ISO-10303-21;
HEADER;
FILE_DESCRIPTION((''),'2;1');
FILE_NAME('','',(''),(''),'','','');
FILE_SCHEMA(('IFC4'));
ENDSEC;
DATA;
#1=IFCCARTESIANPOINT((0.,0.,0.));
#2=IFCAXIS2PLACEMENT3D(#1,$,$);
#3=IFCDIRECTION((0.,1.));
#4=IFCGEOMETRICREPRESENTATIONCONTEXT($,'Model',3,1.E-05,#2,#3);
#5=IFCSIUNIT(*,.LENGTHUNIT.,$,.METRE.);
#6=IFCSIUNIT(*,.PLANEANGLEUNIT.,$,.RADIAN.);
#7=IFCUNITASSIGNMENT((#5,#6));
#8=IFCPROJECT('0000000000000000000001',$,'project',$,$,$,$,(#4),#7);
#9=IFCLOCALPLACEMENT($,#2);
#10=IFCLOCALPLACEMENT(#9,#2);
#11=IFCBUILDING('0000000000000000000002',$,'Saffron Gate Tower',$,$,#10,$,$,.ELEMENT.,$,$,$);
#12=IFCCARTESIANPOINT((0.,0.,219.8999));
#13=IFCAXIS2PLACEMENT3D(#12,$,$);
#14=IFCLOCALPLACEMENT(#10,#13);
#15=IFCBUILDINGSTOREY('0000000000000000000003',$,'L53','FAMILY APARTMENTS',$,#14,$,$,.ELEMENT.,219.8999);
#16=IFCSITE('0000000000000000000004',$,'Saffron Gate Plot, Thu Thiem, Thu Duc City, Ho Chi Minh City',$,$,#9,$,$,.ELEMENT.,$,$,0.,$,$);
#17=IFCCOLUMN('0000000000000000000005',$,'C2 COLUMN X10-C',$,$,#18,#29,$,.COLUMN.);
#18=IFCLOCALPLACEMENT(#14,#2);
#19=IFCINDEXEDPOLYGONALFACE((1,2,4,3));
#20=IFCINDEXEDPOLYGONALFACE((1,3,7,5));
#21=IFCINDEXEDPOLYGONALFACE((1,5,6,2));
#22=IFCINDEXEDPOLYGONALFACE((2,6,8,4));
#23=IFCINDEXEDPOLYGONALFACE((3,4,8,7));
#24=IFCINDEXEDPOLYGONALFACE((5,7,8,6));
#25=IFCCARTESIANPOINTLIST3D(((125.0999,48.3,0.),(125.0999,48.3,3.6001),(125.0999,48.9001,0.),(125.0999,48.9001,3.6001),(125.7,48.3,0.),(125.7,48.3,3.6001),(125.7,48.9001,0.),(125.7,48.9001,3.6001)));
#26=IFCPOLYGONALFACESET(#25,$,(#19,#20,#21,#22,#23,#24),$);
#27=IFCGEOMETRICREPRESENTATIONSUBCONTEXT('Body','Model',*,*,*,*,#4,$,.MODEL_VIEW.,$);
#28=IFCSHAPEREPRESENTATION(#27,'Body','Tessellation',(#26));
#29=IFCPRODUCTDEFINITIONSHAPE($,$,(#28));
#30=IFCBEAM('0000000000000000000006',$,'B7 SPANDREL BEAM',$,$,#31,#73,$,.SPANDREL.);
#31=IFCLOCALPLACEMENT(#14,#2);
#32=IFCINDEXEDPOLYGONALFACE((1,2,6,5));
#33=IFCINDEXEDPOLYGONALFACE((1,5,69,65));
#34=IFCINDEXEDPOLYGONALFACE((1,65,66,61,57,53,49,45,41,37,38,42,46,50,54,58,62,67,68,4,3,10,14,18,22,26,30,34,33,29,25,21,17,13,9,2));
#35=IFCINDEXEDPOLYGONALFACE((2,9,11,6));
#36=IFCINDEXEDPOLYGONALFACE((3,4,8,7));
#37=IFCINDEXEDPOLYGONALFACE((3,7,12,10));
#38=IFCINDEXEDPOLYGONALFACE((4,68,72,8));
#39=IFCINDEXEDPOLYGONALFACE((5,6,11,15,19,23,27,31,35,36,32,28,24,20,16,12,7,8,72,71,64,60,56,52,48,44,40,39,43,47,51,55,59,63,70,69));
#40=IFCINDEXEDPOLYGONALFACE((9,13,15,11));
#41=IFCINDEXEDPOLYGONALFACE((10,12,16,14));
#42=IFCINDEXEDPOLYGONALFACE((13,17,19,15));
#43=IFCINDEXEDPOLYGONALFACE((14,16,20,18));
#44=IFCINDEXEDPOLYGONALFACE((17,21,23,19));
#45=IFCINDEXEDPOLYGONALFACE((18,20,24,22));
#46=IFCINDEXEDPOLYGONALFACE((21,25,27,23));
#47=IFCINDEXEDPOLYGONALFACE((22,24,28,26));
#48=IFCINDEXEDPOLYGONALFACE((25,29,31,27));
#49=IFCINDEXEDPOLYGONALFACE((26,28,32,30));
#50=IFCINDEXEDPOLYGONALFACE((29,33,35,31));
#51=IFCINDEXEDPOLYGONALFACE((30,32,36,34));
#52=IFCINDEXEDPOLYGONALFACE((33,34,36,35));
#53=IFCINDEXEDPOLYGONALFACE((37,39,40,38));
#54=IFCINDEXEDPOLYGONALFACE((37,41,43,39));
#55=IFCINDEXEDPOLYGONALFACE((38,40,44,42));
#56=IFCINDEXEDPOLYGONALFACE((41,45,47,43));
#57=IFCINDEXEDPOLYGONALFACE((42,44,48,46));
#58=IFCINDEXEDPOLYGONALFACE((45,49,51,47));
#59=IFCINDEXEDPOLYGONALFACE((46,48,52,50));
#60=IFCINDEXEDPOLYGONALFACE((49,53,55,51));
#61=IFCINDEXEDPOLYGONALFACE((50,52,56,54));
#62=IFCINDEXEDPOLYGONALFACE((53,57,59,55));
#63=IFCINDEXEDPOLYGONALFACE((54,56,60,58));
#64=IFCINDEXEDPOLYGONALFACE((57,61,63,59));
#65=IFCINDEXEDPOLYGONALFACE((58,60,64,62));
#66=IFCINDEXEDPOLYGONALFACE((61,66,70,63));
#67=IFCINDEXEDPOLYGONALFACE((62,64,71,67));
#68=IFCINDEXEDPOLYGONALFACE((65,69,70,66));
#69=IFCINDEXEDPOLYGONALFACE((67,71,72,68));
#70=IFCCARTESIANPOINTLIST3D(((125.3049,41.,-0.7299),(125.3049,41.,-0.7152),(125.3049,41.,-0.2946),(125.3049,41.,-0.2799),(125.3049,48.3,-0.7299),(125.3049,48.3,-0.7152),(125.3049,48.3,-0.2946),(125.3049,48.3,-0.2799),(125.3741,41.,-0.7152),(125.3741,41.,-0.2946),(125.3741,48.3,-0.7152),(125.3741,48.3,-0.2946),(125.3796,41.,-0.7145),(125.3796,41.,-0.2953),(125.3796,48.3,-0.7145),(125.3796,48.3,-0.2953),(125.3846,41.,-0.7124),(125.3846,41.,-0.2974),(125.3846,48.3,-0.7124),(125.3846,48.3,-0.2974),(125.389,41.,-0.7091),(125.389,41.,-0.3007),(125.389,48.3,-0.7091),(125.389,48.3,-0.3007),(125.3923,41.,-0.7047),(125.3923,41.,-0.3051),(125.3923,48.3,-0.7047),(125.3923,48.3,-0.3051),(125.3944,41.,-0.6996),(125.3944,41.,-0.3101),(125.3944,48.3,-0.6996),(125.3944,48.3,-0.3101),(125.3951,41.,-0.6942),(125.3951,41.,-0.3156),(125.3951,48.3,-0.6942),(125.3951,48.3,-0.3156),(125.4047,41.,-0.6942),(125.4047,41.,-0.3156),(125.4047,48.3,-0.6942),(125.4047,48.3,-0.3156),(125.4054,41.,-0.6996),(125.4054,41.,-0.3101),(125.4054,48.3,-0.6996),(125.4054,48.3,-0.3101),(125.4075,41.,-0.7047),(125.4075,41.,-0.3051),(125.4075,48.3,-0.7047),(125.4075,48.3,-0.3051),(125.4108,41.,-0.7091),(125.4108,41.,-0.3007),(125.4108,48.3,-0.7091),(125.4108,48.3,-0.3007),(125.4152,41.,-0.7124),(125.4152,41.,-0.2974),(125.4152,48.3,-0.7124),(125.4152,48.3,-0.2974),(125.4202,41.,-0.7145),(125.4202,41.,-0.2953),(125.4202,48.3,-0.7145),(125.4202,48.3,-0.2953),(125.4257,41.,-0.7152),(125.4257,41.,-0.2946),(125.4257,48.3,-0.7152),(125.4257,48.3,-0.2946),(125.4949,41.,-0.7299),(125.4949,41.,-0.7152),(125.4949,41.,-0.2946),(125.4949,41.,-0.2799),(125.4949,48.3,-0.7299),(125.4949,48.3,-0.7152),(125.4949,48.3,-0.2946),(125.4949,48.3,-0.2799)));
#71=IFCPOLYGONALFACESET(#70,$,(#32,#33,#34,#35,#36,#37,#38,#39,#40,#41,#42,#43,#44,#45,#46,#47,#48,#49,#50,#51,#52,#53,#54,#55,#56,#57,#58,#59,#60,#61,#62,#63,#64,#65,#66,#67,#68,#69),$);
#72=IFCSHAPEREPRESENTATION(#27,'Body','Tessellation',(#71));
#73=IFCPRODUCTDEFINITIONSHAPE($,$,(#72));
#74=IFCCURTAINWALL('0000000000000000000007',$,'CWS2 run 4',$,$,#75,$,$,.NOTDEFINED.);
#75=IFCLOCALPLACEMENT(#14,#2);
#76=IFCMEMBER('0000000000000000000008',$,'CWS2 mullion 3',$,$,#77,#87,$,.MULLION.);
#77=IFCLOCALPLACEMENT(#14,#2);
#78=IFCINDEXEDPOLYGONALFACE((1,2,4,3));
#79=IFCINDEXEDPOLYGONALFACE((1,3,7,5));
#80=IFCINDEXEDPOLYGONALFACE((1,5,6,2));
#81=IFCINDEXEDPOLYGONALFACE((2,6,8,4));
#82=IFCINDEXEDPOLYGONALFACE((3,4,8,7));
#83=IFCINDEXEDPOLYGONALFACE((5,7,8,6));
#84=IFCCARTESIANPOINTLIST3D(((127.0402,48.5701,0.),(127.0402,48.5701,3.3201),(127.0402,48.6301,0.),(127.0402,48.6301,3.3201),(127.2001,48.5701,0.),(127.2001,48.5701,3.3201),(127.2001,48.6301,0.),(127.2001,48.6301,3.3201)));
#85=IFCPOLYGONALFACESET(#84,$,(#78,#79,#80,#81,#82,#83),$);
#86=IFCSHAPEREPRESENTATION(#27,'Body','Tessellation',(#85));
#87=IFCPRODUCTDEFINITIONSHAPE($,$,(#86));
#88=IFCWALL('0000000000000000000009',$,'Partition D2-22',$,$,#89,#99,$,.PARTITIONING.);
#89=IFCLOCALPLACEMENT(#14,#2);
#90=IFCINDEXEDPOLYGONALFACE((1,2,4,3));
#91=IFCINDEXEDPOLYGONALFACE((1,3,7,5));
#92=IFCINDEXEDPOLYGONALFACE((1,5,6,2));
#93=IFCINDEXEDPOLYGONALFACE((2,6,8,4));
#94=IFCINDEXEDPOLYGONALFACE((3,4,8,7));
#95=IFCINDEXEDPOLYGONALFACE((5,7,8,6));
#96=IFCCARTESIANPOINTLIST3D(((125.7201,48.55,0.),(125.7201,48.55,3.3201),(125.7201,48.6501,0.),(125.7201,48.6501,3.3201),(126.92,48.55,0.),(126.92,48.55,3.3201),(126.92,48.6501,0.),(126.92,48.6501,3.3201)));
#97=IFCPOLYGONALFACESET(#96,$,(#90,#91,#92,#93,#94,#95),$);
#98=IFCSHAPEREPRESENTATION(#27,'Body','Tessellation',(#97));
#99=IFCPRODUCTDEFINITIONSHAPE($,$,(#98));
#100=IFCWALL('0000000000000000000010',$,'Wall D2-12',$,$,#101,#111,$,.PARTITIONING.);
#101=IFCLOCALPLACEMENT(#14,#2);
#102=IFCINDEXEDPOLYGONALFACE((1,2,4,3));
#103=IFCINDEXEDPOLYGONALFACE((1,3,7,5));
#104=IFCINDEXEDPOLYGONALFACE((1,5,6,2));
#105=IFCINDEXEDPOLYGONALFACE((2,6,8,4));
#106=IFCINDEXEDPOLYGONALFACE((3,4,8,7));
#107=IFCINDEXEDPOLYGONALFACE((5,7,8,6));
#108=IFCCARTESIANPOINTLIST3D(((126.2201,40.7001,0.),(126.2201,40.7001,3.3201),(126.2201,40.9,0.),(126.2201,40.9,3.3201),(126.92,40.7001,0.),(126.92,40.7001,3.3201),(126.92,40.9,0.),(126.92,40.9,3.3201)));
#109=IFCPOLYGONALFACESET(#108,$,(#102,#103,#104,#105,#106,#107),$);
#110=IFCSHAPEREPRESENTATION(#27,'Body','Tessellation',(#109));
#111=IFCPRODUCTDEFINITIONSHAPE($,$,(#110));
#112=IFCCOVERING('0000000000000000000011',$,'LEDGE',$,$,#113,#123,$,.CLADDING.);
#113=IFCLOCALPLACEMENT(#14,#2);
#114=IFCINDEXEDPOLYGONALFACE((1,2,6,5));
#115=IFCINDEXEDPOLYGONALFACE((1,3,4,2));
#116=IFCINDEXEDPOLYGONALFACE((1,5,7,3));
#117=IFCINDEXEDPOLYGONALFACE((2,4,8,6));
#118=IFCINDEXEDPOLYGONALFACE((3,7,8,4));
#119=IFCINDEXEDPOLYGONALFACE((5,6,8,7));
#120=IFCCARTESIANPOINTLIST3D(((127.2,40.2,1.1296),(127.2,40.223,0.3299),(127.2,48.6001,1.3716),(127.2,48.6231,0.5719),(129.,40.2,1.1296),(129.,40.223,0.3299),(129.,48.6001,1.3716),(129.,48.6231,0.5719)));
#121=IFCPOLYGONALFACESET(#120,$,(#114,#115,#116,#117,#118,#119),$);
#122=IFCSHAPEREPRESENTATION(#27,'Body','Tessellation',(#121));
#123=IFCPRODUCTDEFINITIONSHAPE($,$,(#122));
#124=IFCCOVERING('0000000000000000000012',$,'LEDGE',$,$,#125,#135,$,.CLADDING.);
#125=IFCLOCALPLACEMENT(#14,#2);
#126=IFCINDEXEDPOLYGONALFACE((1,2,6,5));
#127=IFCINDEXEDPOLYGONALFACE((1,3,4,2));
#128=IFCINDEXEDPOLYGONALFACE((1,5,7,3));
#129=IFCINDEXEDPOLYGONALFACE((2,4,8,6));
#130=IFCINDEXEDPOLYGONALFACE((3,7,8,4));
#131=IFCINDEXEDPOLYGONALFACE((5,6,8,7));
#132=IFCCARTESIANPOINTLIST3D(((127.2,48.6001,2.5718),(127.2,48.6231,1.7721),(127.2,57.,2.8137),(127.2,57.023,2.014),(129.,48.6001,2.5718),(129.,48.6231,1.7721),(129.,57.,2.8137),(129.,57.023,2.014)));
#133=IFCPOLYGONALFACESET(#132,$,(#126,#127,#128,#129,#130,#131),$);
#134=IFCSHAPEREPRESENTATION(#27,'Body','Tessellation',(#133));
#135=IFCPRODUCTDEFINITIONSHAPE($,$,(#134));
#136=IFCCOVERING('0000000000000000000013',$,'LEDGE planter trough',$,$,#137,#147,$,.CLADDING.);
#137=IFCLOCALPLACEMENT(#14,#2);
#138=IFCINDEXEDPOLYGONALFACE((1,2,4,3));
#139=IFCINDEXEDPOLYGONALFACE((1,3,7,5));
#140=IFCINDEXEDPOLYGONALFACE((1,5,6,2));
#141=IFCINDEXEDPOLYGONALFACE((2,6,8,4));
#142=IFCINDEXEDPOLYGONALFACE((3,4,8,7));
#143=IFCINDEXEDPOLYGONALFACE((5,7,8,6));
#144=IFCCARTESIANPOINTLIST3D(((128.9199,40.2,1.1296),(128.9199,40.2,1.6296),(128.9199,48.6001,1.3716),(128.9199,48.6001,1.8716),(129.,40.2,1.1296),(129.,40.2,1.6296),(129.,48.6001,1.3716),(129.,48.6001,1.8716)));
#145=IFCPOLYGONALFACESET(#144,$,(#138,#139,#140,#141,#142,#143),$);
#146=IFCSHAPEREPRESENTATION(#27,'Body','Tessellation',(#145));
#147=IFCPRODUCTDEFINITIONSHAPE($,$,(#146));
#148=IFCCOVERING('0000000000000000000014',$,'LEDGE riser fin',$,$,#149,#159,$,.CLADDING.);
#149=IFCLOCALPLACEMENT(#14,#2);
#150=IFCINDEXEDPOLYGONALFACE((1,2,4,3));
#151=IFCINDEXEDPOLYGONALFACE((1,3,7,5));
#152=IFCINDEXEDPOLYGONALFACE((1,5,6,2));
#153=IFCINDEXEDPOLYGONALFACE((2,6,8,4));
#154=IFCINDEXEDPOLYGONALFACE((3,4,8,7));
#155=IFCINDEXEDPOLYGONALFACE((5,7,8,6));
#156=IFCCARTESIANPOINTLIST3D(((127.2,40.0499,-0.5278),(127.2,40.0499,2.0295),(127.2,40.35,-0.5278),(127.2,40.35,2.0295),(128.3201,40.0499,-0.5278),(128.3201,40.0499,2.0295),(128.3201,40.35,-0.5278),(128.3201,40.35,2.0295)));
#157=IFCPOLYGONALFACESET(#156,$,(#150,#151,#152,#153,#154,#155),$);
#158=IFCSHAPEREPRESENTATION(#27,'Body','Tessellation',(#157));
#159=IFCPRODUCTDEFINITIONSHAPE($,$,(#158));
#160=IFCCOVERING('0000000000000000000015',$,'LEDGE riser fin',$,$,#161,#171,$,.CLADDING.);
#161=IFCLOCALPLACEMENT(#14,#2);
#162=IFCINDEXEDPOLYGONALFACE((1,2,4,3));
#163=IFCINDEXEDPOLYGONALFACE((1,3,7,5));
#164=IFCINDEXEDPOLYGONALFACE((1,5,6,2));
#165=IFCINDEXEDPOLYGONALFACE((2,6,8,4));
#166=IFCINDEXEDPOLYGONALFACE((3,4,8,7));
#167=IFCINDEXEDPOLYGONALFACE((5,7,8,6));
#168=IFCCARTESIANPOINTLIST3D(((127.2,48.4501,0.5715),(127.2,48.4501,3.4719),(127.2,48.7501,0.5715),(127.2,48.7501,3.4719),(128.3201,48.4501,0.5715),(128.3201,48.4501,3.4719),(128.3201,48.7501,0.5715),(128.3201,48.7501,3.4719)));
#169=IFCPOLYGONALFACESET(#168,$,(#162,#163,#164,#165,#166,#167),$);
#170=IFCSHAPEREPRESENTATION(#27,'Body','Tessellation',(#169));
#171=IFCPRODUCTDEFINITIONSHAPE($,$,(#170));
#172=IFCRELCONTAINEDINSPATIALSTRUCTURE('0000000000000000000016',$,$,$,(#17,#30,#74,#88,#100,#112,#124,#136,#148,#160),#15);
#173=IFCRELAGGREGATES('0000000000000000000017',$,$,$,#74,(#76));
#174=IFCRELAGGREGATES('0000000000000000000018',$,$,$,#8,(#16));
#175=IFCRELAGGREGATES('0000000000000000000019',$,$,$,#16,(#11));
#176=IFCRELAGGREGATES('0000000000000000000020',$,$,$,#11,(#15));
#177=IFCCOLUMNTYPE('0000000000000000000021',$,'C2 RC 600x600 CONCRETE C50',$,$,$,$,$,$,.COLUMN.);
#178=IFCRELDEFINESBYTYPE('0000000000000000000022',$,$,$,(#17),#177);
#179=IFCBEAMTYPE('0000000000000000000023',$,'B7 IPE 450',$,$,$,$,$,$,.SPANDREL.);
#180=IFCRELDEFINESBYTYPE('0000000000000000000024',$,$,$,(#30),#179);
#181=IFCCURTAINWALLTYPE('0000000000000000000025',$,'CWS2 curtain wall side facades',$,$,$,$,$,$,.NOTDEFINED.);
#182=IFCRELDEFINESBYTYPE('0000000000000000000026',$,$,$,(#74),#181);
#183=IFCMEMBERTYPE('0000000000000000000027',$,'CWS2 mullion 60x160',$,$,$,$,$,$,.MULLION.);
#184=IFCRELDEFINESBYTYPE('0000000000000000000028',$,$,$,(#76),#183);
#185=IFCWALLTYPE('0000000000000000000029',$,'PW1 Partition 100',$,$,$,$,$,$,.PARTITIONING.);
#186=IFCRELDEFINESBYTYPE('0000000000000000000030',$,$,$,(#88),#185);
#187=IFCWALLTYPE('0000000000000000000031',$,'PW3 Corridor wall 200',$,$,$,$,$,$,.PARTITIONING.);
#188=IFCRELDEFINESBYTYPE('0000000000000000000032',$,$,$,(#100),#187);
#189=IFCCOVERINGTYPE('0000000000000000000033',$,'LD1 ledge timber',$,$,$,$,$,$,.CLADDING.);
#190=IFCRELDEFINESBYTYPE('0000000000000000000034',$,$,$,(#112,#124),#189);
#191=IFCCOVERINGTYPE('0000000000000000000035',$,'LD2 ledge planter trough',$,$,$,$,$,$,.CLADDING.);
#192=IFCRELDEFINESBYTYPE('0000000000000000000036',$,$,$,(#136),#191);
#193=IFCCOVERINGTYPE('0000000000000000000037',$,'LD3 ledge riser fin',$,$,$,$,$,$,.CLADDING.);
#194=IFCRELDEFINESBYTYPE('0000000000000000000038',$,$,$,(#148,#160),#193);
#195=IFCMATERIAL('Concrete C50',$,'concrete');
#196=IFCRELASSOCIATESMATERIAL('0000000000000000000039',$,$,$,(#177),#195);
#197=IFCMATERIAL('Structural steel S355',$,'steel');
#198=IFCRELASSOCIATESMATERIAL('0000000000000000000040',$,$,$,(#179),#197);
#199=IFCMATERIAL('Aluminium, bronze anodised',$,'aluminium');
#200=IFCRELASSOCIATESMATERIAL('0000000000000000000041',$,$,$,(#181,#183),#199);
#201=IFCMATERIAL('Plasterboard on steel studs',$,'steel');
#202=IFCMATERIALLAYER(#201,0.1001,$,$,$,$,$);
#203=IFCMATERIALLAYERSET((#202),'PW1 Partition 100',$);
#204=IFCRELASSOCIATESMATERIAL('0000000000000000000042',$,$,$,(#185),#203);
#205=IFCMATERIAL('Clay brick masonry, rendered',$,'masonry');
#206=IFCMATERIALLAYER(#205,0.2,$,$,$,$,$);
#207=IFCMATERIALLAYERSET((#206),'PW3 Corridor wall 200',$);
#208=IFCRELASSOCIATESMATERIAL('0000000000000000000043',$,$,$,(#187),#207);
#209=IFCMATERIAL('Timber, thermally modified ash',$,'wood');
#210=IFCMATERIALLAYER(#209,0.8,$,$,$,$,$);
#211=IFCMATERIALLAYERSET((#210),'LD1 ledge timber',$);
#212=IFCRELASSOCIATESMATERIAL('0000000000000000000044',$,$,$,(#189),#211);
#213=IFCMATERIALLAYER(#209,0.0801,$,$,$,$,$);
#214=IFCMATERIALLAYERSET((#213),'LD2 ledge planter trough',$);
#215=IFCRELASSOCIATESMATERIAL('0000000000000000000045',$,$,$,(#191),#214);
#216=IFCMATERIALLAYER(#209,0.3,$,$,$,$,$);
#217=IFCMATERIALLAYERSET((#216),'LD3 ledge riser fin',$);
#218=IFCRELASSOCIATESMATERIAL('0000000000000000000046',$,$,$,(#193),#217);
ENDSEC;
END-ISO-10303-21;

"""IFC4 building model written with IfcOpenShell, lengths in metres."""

from ifc_helpers import new_model, si_unit, direction, frame, frame_2d, origin, origin_2d, place, context, subcontext, project, spatial, polyline, rectangle, i_section, outline, extrude, material, layer, layer_set, material_profile, profile_set, type_object, element, aggregate, save


model = new_model("IFC4")

# Units and contexts
model_context = context("Model", 3, precision=1e-05, world=origin(), true_north=direction((0.0, 1.0)))
body_context = subcontext(model_context, "Body", "Model", "MODEL_VIEW")
ifc_project = project(units=[si_unit("LENGTHUNIT", "METRE"), si_unit("PLANEANGLEUNIT", "RADIAN")], contexts=[model_context])

# Site, building, storey
site_placement = place(None, origin())
site = spatial("IfcSite", under=ifc_project, at=site_placement, Name="Saffron Gate Plot, Thu Thiem, Thu Duc City, Ho Chi Minh City", CompositionType="ELEMENT", RefElevation=0.0)
building_placement = place(site_placement, origin())
building = spatial("IfcBuilding", under=site, at=building_placement, Name="Saffron Gate Tower", CompositionType="ELEMENT")
storey_placement = place(building_placement, frame((0.0, 0.0, 219.8999)))
storey = spatial("IfcBuildingStorey", under=building, at=storey_placement, Name="L53", Description="FAMILY APARTMENTS", CompositionType="ELEMENT", Elevation=219.8999)

# Column
ifc_material_1 = material(Name="Concrete C50", Category="concrete")
ifc_material_profile_1 = material_profile(ifc_material_1, rectangle(XDim=0.6001, YDim=0.6001, at=origin_2d()))
ifc_profile_set_1 = profile_set([ifc_material_profile_1], Name="Concrete C50")
column_type = type_object("IfcColumnType", Name="C2 RC 600x600 CONCRETE C50", PredefinedType="COLUMN", material=ifc_profile_set_1)
column_placement = place(storey_placement, frame((125.3999, 48.6001, 0.0), z_axis=(0.0, 0.0, 1.0), x_axis=(1.0, 0.0, 0.0)))
element("IfcColumn", 1, at=column_placement, inside=storey, type_object=column_type, Name="C2 COLUMN X10-C", PredefinedType="COLUMN", context=body_context, shape_type="SweptSolid", body=[
    extrude(rectangle(XDim=0.6001, YDim=0.6001, at=origin_2d()), origin(), (0.0, 0.0, 1.0), 3.6001),
])

# Beam
ifc_material_2 = material(Name="Structural steel S355", Category="steel")
ifc_material_profile_2 = material_profile(ifc_material_2, i_section(OverallWidth=0.1899, OverallDepth=0.45, WebThickness=0.0095, FlangeThickness=0.0146, FilletRadius=0.021, at=origin_2d()))
ifc_profile_set_2 = profile_set([ifc_material_profile_2], Name="Structural steel S355")
beam_type = type_object("IfcBeamType", Name="B7 IPE 450", PredefinedType="SPANDREL", material=ifc_profile_set_2)
beam_placement = place(storey_placement, frame((125.3999, 41.0, -0.5049), z_axis=(0.0, 1.0, 0.0), x_axis=(-1.0, 0.0, 0.0)))
element("IfcBeam", 2, at=beam_placement, inside=storey, type_object=beam_type, Name="B7 SPANDREL BEAM", PredefinedType="SPANDREL", context=body_context, shape_type="SweptSolid", body=[
    extrude(i_section(OverallWidth=0.1899, OverallDepth=0.45, WebThickness=0.0095, FlangeThickness=0.0146, FilletRadius=0.021, at=origin_2d()), origin(), (0.0, 0.0, 1.0), 7.3),
])

# Curtain wall, member
ifc_material_3 = material(Name="Aluminium, bronze anodised", Category="aluminium")
curtain_wall_type = type_object("IfcCurtainWallType", Name="CWS2 curtain wall side facades", PredefinedType="NOTDEFINED", material=ifc_material_3)
curtain_wall_placement = place(storey_placement, origin())
curtain_wall = element("IfcCurtainWall", 3, at=curtain_wall_placement, inside=storey, type_object=curtain_wall_type, Name="CWS2 run 4", PredefinedType="NOTDEFINED")
ifc_material_profile_3 = material_profile(ifc_material_3, rectangle(XDim=0.1599, YDim=0.0601, at=origin_2d()))
ifc_profile_set_3 = profile_set([ifc_material_profile_3], Name="Aluminium, bronze anodised")
member_type = type_object("IfcMemberType", Name="CWS2 mullion 60x160", PredefinedType="MULLION", material=ifc_profile_set_3)
member_placement = place(storey_placement, frame((127.1201, 48.6001, 0.0), z_axis=(0.0, 0.0, 1.0), x_axis=(-1.0, 0.0, 0.0)))
member = element("IfcMember", 4, at=member_placement, type_object=member_type, Name="CWS2 mullion 3", PredefinedType="MULLION", context=body_context, shape_type="SweptSolid", body=[
    extrude(rectangle(XDim=0.1599, YDim=0.0601, at=origin_2d()), origin(), (0.0, 0.0, 1.0), 3.3201),
])
aggregate(curtain_wall, [member])

# Walls
ifc_material_4 = material(Name="Plasterboard on steel studs", Category="steel")
ifc_layer_1 = layer(ifc_material_4, 0.1001)
ifc_layer_set_1 = layer_set([ifc_layer_1], Name="PW1 Partition 100")
wall_type_1 = type_object("IfcWallType", Name="PW1 Partition 100", PredefinedType="PARTITIONING", material=ifc_layer_set_1)
wall_1_placement = place(storey_placement, frame((125.72, 48.6001, 0.0), z_axis=(0.0, 0.0, 1.0), x_axis=(1.0, 0.0, 0.0)))
element("IfcWall", 5, at=wall_1_placement, inside=storey, type_object=wall_type_1, Name="Partition D2-22", PredefinedType="PARTITIONING", context=body_context, shape_type="SweptSolid", body=[
    extrude(rectangle(XDim=1.2, YDim=0.1001, at=frame_2d((0.6001, 0.0))), origin(), (0.0, 0.0, 1.0), 3.3201),
])
ifc_material_5 = material(Name="Clay brick masonry, rendered", Category="masonry")
ifc_layer_2 = layer(ifc_material_5, 0.2)
ifc_layer_set_2 = layer_set([ifc_layer_2], Name="PW3 Corridor wall 200")
wall_type_2 = type_object("IfcWallType", Name="PW3 Corridor wall 200", PredefinedType="PARTITIONING", material=ifc_layer_set_2)
wall_2_placement = place(storey_placement, frame((126.22, 40.8, 0.0), z_axis=(0.0, 0.0, 1.0), x_axis=(1.0, 0.0, 0.0)))
element("IfcWall", 6, at=wall_2_placement, inside=storey, type_object=wall_type_2, Name="Wall D2-12", PredefinedType="PARTITIONING", context=body_context, shape_type="SweptSolid", body=[
    extrude(rectangle(XDim=0.7, YDim=0.2, at=frame_2d((0.3501, 0.0))), origin(), (0.0, 0.0, 1.0), 3.3201),
])

# Coverings
ifc_material_6 = material(Name="Timber, thermally modified ash", Category="wood")
ifc_layer_3 = layer(ifc_material_6, 0.8)
ifc_layer_set_3 = layer_set([ifc_layer_3], Name="LD1 ledge timber")
covering_type_1 = type_object("IfcCoveringType", Name="LD1 ledge timber", PredefinedType="CLADDING", material=ifc_layer_set_3)
covering_1_placement = place(storey_placement, frame((127.2, 40.2, 1.1296), z_axis=(0.0, -0.02879, 0.999585), x_axis=(0.0, 0.999585, 0.02879)))
element("IfcCovering", 7, at=covering_1_placement, inside=storey, type_object=covering_type_1, Name="LEDGE", PredefinedType="CLADDING", context=body_context, shape_type="SweptSolid", body=[
    extrude(outline(polyline([(0.0, 0.0), (8.4036, 0.0), (8.4036, -1.8), (0.0, -1.8), (0.0, 0.0)])), origin(), (0.0, 0.0, -1.0), 0.8),
])
covering_2_placement = place(storey_placement, frame((127.2, 48.6001, 2.5718), z_axis=(0.0, -0.028791, 0.999585), x_axis=(0.0, 0.999585, 0.028791)))
element("IfcCovering", 8, at=covering_2_placement, inside=storey, type_object=covering_type_1, Name="LEDGE", PredefinedType="CLADDING", context=body_context, shape_type="SweptSolid", body=[
    extrude(outline(polyline([(0.0, 0.0), (8.4034, 0.0), (8.4034, -1.8), (0.0, -1.8), (0.0, 0.0)])), origin(), (0.0, 0.0, -1.0), 0.8),
])
ifc_layer_4 = layer(ifc_material_6, 0.0801)
ifc_layer_set_4 = layer_set([ifc_layer_4], Name="LD2 ledge planter trough")
covering_type_2 = type_object("IfcCoveringType", Name="LD2 ledge planter trough", PredefinedType="CLADDING", material=ifc_layer_set_4)
covering_3_placement = place(storey_placement, frame((129.0, 40.2, 1.1296), z_axis=(1.0, 0.0, 0.0), x_axis=(0.0, 0.999585, 0.02879)))
element("IfcCovering", 9, at=covering_3_placement, inside=storey, type_object=covering_type_2, Name="LEDGE planter trough", PredefinedType="CLADDING", context=body_context, shape_type="SweptSolid", body=[
    extrude(outline(polyline([(0.0, 0.0), (8.4036, 0.0), (8.418, 0.4998), (0.0144, 0.4998), (0.0, 0.0)])), origin(), (0.0, 0.0, -1.0), 0.0801),
])
ifc_layer_5 = layer(ifc_material_6, 0.3)
ifc_layer_set_5 = layer_set([ifc_layer_5], Name="LD3 ledge riser fin")
covering_type_3 = type_object("IfcCoveringType", Name="LD3 ledge riser fin", PredefinedType="CLADDING", material=ifc_layer_set_5)
covering_4_placement = place(storey_placement, frame((127.76, 40.2, -0.5278), z_axis=(0.0, 0.0, 1.0), x_axis=(0.0, 1.0, 0.0)))
element("IfcCovering", 10, at=covering_4_placement, inside=storey, type_object=covering_type_3, Name="LEDGE riser fin", PredefinedType="CLADDING", context=body_context, shape_type="SweptSolid", body=[
    extrude(rectangle(XDim=0.3, YDim=1.1201, at=origin_2d()), origin(), (0.0, 0.0, 1.0), 2.5574),
])
covering_5_placement = place(storey_placement, frame((127.76, 48.6001, 0.5715), z_axis=(0.0, 0.0, 1.0), x_axis=(0.0, 1.0, 0.0)))
element("IfcCovering", 11, at=covering_5_placement, inside=storey, type_object=covering_type_3, Name="LEDGE riser fin", PredefinedType="CLADDING", context=body_context, shape_type="SweptSolid", body=[
    extrude(rectangle(XDim=0.3, YDim=1.1201, at=origin_2d()), origin(), (0.0, 0.0, 1.0), 2.9004),
])

save(model, "model.ifc")
